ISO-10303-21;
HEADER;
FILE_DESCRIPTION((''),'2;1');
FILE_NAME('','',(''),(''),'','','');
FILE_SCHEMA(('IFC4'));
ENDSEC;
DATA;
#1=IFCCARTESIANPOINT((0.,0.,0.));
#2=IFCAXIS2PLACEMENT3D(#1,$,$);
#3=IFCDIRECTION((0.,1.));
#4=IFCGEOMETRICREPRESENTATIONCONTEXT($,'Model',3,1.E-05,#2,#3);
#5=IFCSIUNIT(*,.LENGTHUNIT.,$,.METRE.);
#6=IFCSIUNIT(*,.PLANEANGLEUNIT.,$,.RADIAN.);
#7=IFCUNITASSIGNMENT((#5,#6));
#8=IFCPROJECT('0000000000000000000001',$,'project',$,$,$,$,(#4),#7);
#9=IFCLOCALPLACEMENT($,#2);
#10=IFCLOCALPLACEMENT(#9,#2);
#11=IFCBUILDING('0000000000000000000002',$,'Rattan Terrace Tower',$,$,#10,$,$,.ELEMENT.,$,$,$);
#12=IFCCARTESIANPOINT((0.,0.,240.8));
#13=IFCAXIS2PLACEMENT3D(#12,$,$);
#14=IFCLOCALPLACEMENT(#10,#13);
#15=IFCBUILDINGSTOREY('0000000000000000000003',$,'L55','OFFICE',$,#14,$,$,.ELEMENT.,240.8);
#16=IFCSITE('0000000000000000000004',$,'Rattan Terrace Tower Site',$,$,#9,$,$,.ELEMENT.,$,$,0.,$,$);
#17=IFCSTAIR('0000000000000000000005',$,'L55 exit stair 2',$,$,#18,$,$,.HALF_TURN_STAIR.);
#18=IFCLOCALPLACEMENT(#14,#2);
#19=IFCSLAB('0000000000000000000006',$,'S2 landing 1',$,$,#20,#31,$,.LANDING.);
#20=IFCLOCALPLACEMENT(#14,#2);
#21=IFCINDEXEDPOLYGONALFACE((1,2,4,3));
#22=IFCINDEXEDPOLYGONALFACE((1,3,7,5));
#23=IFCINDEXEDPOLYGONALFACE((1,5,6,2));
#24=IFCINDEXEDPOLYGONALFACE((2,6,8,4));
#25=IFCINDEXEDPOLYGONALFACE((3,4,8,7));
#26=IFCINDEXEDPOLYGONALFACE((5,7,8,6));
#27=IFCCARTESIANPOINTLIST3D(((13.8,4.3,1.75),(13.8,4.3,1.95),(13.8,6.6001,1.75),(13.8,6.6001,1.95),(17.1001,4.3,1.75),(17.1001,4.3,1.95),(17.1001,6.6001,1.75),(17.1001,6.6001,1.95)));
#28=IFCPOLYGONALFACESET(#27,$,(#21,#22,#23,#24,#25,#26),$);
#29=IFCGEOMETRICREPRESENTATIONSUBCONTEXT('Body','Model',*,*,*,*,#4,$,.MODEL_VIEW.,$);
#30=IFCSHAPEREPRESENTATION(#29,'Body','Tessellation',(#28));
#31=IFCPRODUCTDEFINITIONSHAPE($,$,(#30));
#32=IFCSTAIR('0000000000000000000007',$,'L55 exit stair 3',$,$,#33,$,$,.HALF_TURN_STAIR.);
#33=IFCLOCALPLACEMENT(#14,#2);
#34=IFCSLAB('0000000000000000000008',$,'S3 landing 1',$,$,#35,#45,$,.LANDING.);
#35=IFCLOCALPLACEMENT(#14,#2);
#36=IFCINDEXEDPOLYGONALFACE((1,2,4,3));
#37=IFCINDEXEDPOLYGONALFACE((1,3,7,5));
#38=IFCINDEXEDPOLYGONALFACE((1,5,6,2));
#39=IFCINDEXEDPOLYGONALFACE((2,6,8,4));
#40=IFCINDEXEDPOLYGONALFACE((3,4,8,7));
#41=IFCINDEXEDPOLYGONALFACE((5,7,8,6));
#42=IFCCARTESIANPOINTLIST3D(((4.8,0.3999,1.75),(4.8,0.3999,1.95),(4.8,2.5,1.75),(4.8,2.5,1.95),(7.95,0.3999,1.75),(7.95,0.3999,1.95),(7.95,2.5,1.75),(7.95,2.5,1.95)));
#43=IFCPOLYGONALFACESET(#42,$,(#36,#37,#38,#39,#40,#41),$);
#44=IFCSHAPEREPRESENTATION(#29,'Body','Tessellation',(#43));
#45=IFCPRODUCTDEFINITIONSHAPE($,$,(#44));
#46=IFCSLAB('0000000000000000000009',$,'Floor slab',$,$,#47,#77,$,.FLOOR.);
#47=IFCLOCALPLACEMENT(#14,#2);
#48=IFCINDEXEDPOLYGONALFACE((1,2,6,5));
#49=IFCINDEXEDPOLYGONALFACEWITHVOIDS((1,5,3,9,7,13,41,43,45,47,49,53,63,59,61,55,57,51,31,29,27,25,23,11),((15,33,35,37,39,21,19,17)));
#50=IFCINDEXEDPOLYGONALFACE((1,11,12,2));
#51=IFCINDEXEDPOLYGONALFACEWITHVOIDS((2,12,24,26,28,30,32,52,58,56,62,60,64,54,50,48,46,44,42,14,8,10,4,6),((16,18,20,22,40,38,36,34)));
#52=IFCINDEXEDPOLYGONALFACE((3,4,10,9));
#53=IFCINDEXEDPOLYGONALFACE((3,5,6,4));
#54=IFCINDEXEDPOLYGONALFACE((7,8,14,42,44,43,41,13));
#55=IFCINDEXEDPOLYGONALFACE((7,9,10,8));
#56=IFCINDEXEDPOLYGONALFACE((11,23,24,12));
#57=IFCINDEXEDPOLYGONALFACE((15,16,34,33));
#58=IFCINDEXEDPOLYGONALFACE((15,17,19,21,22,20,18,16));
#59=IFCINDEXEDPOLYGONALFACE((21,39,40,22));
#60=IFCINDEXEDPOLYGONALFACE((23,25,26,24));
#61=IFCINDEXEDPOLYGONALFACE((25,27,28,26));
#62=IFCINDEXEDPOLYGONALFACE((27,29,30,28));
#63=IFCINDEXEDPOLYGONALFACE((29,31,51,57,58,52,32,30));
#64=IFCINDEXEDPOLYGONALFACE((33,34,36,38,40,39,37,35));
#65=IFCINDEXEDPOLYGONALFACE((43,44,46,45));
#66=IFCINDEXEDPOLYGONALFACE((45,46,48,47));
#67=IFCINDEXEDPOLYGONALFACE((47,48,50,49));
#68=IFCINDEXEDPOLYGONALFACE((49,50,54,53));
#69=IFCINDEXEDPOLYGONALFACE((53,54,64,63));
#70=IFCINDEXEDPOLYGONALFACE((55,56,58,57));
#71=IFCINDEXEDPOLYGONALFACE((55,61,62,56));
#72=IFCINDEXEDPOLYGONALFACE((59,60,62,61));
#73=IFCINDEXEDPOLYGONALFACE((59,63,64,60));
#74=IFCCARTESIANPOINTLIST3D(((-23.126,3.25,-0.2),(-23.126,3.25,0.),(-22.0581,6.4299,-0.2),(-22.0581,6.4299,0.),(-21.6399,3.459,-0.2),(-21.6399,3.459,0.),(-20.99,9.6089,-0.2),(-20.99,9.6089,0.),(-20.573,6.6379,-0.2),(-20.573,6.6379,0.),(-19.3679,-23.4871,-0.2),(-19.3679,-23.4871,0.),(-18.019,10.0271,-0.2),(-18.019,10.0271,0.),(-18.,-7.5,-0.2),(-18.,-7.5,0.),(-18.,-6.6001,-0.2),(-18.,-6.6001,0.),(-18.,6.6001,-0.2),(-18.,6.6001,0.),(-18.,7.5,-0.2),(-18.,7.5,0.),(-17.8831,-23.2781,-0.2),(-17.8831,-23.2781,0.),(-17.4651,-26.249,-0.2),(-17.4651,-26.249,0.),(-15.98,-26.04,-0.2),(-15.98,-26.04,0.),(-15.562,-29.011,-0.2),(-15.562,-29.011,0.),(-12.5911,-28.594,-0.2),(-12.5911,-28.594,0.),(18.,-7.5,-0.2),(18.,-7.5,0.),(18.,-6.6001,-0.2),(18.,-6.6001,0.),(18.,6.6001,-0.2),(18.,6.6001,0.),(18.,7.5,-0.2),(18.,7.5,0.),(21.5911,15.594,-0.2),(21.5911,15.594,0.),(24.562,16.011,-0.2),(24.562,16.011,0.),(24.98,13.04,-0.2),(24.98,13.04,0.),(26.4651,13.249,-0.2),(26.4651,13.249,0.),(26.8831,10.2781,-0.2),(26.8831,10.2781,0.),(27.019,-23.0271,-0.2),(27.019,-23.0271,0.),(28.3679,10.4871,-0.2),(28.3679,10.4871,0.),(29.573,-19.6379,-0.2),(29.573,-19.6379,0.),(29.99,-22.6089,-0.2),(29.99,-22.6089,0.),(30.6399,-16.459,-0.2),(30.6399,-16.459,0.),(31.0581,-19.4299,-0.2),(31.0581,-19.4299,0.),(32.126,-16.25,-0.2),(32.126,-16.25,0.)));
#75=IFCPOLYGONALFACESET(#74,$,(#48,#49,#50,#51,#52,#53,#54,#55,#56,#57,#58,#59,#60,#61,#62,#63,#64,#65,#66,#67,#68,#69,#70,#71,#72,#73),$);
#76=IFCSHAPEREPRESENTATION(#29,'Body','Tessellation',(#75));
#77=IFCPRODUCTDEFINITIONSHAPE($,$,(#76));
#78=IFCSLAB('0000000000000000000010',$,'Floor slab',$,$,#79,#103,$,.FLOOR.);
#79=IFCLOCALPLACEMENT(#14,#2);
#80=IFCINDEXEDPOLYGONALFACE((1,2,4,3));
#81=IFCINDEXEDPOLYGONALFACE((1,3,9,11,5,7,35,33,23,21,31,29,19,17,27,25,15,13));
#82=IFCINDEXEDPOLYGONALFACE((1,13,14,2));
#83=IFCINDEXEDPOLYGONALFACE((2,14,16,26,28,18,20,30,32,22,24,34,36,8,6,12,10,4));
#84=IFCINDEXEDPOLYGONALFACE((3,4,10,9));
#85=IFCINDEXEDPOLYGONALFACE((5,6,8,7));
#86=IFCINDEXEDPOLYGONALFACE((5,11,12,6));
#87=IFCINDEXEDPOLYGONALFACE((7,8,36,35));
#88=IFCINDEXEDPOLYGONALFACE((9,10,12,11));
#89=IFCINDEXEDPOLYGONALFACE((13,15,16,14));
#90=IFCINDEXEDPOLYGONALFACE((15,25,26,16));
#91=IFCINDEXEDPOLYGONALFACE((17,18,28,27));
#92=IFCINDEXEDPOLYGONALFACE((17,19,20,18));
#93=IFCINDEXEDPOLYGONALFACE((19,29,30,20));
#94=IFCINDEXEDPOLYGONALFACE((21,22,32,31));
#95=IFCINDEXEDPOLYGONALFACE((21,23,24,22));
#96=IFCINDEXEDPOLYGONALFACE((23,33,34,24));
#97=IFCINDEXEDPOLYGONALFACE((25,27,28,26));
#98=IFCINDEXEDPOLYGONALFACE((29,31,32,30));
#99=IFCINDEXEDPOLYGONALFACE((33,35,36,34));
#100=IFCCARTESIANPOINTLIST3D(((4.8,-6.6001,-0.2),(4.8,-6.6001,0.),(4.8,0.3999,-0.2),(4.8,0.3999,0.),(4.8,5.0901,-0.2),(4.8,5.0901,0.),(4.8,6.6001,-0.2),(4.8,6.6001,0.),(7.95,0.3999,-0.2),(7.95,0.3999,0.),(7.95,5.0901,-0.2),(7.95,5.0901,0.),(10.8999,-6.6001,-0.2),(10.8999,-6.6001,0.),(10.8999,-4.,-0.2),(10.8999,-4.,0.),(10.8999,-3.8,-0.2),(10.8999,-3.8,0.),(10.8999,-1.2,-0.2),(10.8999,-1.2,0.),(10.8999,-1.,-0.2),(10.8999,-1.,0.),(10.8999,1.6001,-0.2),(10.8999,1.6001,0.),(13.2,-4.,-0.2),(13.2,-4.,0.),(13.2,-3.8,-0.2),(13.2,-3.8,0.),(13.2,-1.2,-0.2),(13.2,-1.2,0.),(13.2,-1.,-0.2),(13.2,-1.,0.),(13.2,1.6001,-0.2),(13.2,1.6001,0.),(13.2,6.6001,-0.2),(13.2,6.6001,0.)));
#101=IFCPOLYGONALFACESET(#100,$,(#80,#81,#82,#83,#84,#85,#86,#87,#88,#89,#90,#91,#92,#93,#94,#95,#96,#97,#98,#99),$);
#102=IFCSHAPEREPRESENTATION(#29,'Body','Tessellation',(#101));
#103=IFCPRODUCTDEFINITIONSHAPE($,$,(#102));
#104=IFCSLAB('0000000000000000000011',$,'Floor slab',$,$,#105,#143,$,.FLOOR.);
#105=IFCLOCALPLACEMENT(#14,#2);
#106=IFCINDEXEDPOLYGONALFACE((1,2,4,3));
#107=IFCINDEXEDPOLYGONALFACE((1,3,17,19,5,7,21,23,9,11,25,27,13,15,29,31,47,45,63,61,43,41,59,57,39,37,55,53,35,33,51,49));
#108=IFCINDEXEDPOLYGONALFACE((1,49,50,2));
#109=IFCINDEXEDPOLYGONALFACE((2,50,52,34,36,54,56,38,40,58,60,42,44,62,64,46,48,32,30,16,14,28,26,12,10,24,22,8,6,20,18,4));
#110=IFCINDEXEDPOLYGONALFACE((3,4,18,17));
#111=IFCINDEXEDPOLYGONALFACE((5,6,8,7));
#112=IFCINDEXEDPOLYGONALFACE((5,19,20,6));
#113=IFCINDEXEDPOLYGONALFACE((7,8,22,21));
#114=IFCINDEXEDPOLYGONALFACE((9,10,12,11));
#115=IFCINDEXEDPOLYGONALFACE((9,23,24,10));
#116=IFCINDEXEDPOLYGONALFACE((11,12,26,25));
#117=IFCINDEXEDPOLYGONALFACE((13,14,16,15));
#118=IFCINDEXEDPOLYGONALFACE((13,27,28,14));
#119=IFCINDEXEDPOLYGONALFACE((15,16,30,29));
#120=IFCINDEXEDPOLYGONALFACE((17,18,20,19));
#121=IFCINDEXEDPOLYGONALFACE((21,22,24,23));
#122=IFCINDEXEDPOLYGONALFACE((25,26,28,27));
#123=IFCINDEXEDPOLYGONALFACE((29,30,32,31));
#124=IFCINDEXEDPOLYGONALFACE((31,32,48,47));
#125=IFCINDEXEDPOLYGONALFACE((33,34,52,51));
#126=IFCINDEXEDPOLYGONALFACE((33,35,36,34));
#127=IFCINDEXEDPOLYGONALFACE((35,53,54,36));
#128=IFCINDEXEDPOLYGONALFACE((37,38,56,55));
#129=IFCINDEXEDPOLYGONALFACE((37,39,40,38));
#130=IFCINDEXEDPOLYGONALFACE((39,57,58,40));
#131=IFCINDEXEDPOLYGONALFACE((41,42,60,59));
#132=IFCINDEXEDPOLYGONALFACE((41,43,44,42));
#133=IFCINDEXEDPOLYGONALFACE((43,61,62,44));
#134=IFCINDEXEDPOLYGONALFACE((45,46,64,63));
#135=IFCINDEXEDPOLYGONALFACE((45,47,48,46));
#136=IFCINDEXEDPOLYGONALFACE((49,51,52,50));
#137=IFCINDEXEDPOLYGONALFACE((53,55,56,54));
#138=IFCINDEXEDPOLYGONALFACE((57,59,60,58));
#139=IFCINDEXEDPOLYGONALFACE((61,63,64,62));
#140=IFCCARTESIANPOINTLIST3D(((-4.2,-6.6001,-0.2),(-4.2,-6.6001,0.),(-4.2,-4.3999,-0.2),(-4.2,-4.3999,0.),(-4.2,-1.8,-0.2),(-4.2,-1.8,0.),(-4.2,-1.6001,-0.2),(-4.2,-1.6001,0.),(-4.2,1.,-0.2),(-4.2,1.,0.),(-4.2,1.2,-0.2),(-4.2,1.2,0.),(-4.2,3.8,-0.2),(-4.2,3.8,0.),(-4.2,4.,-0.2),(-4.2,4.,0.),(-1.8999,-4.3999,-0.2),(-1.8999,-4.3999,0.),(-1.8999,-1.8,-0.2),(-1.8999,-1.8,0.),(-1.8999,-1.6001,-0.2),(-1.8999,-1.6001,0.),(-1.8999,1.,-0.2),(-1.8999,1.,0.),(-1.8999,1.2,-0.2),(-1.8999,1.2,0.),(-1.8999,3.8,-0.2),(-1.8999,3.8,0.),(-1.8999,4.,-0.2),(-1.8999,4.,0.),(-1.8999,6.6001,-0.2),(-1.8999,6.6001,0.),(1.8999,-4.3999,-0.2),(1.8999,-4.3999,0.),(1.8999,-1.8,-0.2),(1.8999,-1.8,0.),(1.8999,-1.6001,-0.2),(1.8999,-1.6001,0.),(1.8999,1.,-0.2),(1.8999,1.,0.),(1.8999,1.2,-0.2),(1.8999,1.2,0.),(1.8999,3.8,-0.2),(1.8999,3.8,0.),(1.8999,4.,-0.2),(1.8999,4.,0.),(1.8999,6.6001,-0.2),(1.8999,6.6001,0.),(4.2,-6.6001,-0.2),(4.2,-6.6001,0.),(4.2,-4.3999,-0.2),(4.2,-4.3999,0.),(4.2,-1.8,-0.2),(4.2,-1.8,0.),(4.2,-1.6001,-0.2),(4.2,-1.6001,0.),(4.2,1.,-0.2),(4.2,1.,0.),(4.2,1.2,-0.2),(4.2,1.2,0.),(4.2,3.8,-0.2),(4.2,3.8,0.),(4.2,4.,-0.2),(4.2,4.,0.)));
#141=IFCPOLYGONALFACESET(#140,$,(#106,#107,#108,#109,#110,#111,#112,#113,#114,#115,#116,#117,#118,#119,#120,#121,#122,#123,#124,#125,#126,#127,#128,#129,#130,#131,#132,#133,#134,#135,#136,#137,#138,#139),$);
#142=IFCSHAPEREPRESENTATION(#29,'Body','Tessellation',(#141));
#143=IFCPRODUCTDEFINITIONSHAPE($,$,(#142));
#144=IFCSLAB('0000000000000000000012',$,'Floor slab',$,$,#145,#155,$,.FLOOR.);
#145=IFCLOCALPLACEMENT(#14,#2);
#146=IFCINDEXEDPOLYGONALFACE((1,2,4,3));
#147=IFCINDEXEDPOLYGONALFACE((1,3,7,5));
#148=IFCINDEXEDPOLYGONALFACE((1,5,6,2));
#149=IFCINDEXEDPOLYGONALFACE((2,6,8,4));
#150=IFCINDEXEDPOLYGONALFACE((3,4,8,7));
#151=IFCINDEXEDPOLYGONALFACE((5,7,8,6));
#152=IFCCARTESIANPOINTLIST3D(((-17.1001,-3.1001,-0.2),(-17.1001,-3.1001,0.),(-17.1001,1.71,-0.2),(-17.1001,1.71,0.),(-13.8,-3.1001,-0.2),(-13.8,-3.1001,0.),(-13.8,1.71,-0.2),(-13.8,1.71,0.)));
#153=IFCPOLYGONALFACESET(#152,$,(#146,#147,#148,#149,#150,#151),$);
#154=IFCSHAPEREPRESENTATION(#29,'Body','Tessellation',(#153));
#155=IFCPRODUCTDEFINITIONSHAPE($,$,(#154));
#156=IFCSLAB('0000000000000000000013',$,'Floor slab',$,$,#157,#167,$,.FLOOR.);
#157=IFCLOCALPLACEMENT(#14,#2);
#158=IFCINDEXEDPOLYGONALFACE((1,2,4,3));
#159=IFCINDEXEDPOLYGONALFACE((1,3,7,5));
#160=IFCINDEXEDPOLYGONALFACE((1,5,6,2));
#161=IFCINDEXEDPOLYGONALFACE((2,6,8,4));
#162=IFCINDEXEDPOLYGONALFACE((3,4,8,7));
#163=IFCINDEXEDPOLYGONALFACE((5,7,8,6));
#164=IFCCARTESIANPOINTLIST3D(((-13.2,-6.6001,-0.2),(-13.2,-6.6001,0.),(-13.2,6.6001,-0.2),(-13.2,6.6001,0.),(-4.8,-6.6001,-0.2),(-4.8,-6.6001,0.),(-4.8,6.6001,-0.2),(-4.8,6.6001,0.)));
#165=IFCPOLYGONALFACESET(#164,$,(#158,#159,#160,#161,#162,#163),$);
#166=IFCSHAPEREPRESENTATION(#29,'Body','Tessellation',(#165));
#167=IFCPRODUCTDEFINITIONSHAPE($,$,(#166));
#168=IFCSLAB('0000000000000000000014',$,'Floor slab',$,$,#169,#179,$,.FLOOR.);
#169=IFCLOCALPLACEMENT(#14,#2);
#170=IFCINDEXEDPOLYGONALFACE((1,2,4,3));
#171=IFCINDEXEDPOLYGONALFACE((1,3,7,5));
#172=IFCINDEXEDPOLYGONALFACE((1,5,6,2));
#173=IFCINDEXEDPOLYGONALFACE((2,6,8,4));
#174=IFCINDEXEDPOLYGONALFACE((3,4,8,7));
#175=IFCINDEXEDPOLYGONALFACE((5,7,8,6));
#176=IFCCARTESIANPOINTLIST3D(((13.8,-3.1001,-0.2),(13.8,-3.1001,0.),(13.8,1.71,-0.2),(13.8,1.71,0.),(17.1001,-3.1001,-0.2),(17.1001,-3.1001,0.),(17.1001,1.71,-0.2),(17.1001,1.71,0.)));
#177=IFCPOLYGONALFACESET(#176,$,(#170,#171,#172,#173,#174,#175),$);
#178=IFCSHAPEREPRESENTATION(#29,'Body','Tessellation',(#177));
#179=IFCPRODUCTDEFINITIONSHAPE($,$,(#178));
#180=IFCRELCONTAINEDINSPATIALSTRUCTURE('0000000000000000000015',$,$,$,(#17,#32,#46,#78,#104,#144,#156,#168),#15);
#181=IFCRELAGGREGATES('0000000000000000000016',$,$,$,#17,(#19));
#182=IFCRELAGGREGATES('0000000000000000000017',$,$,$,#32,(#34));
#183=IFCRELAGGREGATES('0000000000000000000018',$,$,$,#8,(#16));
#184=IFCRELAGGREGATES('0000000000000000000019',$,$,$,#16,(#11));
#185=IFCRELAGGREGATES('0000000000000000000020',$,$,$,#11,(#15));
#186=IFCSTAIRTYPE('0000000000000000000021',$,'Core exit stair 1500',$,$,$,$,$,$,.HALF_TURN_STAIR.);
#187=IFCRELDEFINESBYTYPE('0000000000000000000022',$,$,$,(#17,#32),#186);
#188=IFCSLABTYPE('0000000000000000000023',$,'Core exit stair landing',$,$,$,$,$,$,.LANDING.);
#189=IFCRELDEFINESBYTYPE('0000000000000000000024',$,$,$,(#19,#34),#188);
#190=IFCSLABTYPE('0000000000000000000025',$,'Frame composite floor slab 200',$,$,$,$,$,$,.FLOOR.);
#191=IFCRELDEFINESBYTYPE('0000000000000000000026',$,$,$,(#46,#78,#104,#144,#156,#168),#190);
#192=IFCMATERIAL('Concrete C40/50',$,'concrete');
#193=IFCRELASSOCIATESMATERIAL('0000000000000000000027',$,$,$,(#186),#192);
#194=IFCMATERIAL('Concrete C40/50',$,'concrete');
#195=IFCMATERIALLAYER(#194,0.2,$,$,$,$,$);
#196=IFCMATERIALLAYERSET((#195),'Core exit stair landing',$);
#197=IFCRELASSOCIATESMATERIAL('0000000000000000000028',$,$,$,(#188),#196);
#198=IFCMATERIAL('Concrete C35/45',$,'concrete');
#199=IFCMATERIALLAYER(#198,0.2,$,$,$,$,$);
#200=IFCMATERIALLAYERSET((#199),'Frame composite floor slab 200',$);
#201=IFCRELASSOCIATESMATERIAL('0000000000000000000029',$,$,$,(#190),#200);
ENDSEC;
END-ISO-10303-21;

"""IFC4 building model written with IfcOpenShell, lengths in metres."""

from ifc_helpers import new_model, si_unit, direction, frame, origin, place, context, subcontext, project, spatial, polyline, outline, extrude, material, layer, layer_set, type_object, element, aggregate, save


model = new_model("IFC4")

# Units and contexts
model_context = context("Model", 3, precision=1e-05, world=origin(), true_north=direction((0.0, 1.0)))
body_context = subcontext(model_context, "Body", "Model", "MODEL_VIEW")
ifc_project = project(units=[si_unit("LENGTHUNIT", "METRE"), si_unit("PLANEANGLEUNIT", "RADIAN")], contexts=[model_context])

# Site, building, storey
site_placement = place(None, origin())
site = spatial("IfcSite", under=ifc_project, at=site_placement, Name="Rattan Terrace Tower Site", CompositionType="ELEMENT", RefElevation=0.0)
building_placement = place(site_placement, origin())
building = spatial("IfcBuilding", under=site, at=building_placement, Name="Rattan Terrace Tower", CompositionType="ELEMENT")
storey_placement = place(building_placement, frame((0.0, 0.0, 240.8)))
storey = spatial("IfcBuildingStorey", under=building, at=storey_placement, Name="L55", Description="OFFICE", CompositionType="ELEMENT", Elevation=240.8)

# Stairs, slabs
ifc_material_1 = material(Name="Concrete C40/50", Category="concrete")
stair_type = type_object("IfcStairType", Name="Core exit stair 1500", PredefinedType="HALF_TURN_STAIR", material=ifc_material_1)
ifc_material_2 = material(Name="Concrete C40/50", Category="concrete")
ifc_layer_1 = layer(ifc_material_2, 0.2)
ifc_layer_set_1 = layer_set([ifc_layer_1], Name="Core exit stair landing")
slab_type_1 = type_object("IfcSlabType", Name="Core exit stair landing", PredefinedType="LANDING", material=ifc_layer_set_1)
stair_1_placement = place(storey_placement, origin())
stair_1 = element("IfcStair", 1, at=stair_1_placement, inside=storey, type_object=stair_type, Name="L55 exit stair 2", PredefinedType="HALF_TURN_STAIR")
slab_1_placement = place(storey_placement, frame((0.0, 0.0, 1.75)))
slab_1 = element("IfcSlab", 2, at=slab_1_placement, type_object=slab_type_1, Name="S2 landing 1", PredefinedType="LANDING", context=body_context, shape_type="SweptSolid", body=[
    extrude(outline(polyline([(17.1001, 4.3), (17.1001, 6.6001), (13.8, 6.6001), (13.8, 4.3), (17.1001, 4.3)])), origin(), (0.0, 0.0, 1.0), 0.2),
])
aggregate(stair_1, [slab_1])
stair_2_placement = place(storey_placement, origin())
stair_2 = element("IfcStair", 3, at=stair_2_placement, inside=storey, type_object=stair_type, Name="L55 exit stair 3", PredefinedType="HALF_TURN_STAIR")
slab_2_placement = place(storey_placement, frame((0.0, 0.0, 1.75)))
slab_2 = element("IfcSlab", 4, at=slab_2_placement, type_object=slab_type_1, Name="S3 landing 1", PredefinedType="LANDING", context=body_context, shape_type="SweptSolid", body=[
    extrude(outline(polyline([(4.8, 2.5), (4.8, 0.3999), (7.95, 0.3999), (7.95, 2.5), (4.8, 2.5)])), origin(), (0.0, 0.0, 1.0), 0.2),
])
aggregate(stair_2, [slab_2])

# Slabs
ifc_material_3 = material(Name="Concrete C35/45", Category="concrete")
ifc_layer_2 = layer(ifc_material_3, 0.2)
ifc_layer_set_2 = layer_set([ifc_layer_2], Name="Frame composite floor slab 200")
slab_type_2 = type_object("IfcSlabType", Name="Frame composite floor slab 200", PredefinedType="FLOOR", material=ifc_layer_set_2)
slab_3_placement = place(storey_placement, frame((0.0, 0.0, -0.2)))
element("IfcSlab", 5, at=slab_3_placement, inside=storey, type_object=slab_type_2, Name="Floor slab", PredefinedType="FLOOR", context=body_context, shape_type="SweptSolid", body=[
    extrude(outline(polyline([(-12.5911, -28.594), (27.019, -23.0271), (29.99, -22.6089), (29.573, -19.6379), (31.0581, -19.4299), (30.6399, -16.459), (32.126, -16.25), (28.3679, 10.4871), (26.8831, 10.2781), (26.4651, 13.249), (24.98, 13.04), (24.562, 16.011), (21.5911, 15.594), (-18.019, 10.0271), (-20.99, 9.6089), (-20.573, 6.6379), (-22.0581, 6.4299), (-21.6399, 3.459), (-23.126, 3.25), (-19.3679, -23.4871), (-17.8831, -23.2781), (-17.4651, -26.249), (-15.98, -26.04), (-15.562, -29.011), (-12.5911, -28.594)]), holes=[polyline([(-18.0, -7.5), (18.0, -7.5), (18.0, -6.6001), (18.0, 6.6001), (18.0, 7.5), (-18.0, 7.5), (-18.0, 6.6001), (-18.0, -6.6001), (-18.0, -7.5)])]), origin(), (0.0, 0.0, 1.0), 0.2),
])
slab_4_placement = place(storey_placement, frame((0.0, 0.0, -0.2)))
element("IfcSlab", 6, at=slab_4_placement, inside=storey, type_object=slab_type_2, Name="Floor slab", PredefinedType="FLOOR", context=body_context, shape_type="SweptSolid", body=[
    extrude(outline(polyline([(13.2, 6.6001), (4.8, 6.6001), (4.8, 5.0901), (7.95, 5.0901), (7.95, 0.3999), (4.8, 0.3999), (4.8, -6.6001), (10.8999, -6.6001), (10.8999, -4.0), (13.2, -4.0), (13.2, -3.8), (10.8999, -3.8), (10.8999, -1.2), (13.2, -1.2), (13.2, -1.0), (10.8999, -1.0), (10.8999, 1.6001), (13.2, 1.6001), (13.2, 6.6001)])), origin(), (0.0, 0.0, 1.0), 0.2),
])
slab_5_placement = place(storey_placement, frame((0.0, 0.0, -0.2)))
element("IfcSlab", 7, at=slab_5_placement, inside=storey, type_object=slab_type_2, Name="Floor slab", PredefinedType="FLOOR", context=body_context, shape_type="SweptSolid", body=[
    extrude(outline(polyline([(1.8999, 6.6001), (-1.8999, 6.6001), (-1.8999, 4.0), (-4.2, 4.0), (-4.2, 3.8), (-1.8999, 3.8), (-1.8999, 1.2), (-4.2, 1.2), (-4.2, 1.0), (-1.8999, 1.0), (-1.8999, -1.6001), (-4.2, -1.6001), (-4.2, -1.8), (-1.8999, -1.8), (-1.8999, -4.3999), (-4.2, -4.3999), (-4.2, -6.6001), (4.2, -6.6001), (4.2, -4.3999), (1.8999, -4.3999), (1.8999, -1.8), (4.2, -1.8), (4.2, -1.6001), (1.8999, -1.6001), (1.8999, 1.0), (4.2, 1.0), (4.2, 1.2), (1.8999, 1.2), (1.8999, 3.8), (4.2, 3.8), (4.2, 4.0), (1.8999, 4.0), (1.8999, 6.6001)])), origin(), (0.0, 0.0, 1.0), 0.2),
])
slab_6_placement = place(storey_placement, frame((0.0, 0.0, -0.2)))
element("IfcSlab", 8, at=slab_6_placement, inside=storey, type_object=slab_type_2, Name="Floor slab", PredefinedType="FLOOR", context=body_context, shape_type="SweptSolid", body=[
    extrude(outline(polyline([(-17.1001, -3.1001), (-13.8, -3.1001), (-13.8, 1.71), (-17.1001, 1.71), (-17.1001, -3.1001)])), origin(), (0.0, 0.0, 1.0), 0.2),
])
slab_7_placement = place(storey_placement, frame((0.0, 0.0, -0.2)))
element("IfcSlab", 9, at=slab_7_placement, inside=storey, type_object=slab_type_2, Name="Floor slab", PredefinedType="FLOOR", context=body_context, shape_type="SweptSolid", body=[
    extrude(outline(polyline([(-4.8, -6.6001), (-4.8, 6.6001), (-13.2, 6.6001), (-13.2, -6.6001), (-4.8, -6.6001)])), origin(), (0.0, 0.0, 1.0), 0.2),
])
slab_8_placement = place(storey_placement, frame((0.0, 0.0, -0.2)))
element("IfcSlab", 10, at=slab_8_placement, inside=storey, type_object=slab_type_2, Name="Floor slab", PredefinedType="FLOOR", context=body_context, shape_type="SweptSolid", body=[
    extrude(outline(polyline([(13.8, -3.1001), (17.1001, -3.1001), (17.1001, 1.71), (13.8, 1.71), (13.8, -3.1001)])), origin(), (0.0, 0.0, 1.0), 0.2),
])

save(model, "model.ifc")
